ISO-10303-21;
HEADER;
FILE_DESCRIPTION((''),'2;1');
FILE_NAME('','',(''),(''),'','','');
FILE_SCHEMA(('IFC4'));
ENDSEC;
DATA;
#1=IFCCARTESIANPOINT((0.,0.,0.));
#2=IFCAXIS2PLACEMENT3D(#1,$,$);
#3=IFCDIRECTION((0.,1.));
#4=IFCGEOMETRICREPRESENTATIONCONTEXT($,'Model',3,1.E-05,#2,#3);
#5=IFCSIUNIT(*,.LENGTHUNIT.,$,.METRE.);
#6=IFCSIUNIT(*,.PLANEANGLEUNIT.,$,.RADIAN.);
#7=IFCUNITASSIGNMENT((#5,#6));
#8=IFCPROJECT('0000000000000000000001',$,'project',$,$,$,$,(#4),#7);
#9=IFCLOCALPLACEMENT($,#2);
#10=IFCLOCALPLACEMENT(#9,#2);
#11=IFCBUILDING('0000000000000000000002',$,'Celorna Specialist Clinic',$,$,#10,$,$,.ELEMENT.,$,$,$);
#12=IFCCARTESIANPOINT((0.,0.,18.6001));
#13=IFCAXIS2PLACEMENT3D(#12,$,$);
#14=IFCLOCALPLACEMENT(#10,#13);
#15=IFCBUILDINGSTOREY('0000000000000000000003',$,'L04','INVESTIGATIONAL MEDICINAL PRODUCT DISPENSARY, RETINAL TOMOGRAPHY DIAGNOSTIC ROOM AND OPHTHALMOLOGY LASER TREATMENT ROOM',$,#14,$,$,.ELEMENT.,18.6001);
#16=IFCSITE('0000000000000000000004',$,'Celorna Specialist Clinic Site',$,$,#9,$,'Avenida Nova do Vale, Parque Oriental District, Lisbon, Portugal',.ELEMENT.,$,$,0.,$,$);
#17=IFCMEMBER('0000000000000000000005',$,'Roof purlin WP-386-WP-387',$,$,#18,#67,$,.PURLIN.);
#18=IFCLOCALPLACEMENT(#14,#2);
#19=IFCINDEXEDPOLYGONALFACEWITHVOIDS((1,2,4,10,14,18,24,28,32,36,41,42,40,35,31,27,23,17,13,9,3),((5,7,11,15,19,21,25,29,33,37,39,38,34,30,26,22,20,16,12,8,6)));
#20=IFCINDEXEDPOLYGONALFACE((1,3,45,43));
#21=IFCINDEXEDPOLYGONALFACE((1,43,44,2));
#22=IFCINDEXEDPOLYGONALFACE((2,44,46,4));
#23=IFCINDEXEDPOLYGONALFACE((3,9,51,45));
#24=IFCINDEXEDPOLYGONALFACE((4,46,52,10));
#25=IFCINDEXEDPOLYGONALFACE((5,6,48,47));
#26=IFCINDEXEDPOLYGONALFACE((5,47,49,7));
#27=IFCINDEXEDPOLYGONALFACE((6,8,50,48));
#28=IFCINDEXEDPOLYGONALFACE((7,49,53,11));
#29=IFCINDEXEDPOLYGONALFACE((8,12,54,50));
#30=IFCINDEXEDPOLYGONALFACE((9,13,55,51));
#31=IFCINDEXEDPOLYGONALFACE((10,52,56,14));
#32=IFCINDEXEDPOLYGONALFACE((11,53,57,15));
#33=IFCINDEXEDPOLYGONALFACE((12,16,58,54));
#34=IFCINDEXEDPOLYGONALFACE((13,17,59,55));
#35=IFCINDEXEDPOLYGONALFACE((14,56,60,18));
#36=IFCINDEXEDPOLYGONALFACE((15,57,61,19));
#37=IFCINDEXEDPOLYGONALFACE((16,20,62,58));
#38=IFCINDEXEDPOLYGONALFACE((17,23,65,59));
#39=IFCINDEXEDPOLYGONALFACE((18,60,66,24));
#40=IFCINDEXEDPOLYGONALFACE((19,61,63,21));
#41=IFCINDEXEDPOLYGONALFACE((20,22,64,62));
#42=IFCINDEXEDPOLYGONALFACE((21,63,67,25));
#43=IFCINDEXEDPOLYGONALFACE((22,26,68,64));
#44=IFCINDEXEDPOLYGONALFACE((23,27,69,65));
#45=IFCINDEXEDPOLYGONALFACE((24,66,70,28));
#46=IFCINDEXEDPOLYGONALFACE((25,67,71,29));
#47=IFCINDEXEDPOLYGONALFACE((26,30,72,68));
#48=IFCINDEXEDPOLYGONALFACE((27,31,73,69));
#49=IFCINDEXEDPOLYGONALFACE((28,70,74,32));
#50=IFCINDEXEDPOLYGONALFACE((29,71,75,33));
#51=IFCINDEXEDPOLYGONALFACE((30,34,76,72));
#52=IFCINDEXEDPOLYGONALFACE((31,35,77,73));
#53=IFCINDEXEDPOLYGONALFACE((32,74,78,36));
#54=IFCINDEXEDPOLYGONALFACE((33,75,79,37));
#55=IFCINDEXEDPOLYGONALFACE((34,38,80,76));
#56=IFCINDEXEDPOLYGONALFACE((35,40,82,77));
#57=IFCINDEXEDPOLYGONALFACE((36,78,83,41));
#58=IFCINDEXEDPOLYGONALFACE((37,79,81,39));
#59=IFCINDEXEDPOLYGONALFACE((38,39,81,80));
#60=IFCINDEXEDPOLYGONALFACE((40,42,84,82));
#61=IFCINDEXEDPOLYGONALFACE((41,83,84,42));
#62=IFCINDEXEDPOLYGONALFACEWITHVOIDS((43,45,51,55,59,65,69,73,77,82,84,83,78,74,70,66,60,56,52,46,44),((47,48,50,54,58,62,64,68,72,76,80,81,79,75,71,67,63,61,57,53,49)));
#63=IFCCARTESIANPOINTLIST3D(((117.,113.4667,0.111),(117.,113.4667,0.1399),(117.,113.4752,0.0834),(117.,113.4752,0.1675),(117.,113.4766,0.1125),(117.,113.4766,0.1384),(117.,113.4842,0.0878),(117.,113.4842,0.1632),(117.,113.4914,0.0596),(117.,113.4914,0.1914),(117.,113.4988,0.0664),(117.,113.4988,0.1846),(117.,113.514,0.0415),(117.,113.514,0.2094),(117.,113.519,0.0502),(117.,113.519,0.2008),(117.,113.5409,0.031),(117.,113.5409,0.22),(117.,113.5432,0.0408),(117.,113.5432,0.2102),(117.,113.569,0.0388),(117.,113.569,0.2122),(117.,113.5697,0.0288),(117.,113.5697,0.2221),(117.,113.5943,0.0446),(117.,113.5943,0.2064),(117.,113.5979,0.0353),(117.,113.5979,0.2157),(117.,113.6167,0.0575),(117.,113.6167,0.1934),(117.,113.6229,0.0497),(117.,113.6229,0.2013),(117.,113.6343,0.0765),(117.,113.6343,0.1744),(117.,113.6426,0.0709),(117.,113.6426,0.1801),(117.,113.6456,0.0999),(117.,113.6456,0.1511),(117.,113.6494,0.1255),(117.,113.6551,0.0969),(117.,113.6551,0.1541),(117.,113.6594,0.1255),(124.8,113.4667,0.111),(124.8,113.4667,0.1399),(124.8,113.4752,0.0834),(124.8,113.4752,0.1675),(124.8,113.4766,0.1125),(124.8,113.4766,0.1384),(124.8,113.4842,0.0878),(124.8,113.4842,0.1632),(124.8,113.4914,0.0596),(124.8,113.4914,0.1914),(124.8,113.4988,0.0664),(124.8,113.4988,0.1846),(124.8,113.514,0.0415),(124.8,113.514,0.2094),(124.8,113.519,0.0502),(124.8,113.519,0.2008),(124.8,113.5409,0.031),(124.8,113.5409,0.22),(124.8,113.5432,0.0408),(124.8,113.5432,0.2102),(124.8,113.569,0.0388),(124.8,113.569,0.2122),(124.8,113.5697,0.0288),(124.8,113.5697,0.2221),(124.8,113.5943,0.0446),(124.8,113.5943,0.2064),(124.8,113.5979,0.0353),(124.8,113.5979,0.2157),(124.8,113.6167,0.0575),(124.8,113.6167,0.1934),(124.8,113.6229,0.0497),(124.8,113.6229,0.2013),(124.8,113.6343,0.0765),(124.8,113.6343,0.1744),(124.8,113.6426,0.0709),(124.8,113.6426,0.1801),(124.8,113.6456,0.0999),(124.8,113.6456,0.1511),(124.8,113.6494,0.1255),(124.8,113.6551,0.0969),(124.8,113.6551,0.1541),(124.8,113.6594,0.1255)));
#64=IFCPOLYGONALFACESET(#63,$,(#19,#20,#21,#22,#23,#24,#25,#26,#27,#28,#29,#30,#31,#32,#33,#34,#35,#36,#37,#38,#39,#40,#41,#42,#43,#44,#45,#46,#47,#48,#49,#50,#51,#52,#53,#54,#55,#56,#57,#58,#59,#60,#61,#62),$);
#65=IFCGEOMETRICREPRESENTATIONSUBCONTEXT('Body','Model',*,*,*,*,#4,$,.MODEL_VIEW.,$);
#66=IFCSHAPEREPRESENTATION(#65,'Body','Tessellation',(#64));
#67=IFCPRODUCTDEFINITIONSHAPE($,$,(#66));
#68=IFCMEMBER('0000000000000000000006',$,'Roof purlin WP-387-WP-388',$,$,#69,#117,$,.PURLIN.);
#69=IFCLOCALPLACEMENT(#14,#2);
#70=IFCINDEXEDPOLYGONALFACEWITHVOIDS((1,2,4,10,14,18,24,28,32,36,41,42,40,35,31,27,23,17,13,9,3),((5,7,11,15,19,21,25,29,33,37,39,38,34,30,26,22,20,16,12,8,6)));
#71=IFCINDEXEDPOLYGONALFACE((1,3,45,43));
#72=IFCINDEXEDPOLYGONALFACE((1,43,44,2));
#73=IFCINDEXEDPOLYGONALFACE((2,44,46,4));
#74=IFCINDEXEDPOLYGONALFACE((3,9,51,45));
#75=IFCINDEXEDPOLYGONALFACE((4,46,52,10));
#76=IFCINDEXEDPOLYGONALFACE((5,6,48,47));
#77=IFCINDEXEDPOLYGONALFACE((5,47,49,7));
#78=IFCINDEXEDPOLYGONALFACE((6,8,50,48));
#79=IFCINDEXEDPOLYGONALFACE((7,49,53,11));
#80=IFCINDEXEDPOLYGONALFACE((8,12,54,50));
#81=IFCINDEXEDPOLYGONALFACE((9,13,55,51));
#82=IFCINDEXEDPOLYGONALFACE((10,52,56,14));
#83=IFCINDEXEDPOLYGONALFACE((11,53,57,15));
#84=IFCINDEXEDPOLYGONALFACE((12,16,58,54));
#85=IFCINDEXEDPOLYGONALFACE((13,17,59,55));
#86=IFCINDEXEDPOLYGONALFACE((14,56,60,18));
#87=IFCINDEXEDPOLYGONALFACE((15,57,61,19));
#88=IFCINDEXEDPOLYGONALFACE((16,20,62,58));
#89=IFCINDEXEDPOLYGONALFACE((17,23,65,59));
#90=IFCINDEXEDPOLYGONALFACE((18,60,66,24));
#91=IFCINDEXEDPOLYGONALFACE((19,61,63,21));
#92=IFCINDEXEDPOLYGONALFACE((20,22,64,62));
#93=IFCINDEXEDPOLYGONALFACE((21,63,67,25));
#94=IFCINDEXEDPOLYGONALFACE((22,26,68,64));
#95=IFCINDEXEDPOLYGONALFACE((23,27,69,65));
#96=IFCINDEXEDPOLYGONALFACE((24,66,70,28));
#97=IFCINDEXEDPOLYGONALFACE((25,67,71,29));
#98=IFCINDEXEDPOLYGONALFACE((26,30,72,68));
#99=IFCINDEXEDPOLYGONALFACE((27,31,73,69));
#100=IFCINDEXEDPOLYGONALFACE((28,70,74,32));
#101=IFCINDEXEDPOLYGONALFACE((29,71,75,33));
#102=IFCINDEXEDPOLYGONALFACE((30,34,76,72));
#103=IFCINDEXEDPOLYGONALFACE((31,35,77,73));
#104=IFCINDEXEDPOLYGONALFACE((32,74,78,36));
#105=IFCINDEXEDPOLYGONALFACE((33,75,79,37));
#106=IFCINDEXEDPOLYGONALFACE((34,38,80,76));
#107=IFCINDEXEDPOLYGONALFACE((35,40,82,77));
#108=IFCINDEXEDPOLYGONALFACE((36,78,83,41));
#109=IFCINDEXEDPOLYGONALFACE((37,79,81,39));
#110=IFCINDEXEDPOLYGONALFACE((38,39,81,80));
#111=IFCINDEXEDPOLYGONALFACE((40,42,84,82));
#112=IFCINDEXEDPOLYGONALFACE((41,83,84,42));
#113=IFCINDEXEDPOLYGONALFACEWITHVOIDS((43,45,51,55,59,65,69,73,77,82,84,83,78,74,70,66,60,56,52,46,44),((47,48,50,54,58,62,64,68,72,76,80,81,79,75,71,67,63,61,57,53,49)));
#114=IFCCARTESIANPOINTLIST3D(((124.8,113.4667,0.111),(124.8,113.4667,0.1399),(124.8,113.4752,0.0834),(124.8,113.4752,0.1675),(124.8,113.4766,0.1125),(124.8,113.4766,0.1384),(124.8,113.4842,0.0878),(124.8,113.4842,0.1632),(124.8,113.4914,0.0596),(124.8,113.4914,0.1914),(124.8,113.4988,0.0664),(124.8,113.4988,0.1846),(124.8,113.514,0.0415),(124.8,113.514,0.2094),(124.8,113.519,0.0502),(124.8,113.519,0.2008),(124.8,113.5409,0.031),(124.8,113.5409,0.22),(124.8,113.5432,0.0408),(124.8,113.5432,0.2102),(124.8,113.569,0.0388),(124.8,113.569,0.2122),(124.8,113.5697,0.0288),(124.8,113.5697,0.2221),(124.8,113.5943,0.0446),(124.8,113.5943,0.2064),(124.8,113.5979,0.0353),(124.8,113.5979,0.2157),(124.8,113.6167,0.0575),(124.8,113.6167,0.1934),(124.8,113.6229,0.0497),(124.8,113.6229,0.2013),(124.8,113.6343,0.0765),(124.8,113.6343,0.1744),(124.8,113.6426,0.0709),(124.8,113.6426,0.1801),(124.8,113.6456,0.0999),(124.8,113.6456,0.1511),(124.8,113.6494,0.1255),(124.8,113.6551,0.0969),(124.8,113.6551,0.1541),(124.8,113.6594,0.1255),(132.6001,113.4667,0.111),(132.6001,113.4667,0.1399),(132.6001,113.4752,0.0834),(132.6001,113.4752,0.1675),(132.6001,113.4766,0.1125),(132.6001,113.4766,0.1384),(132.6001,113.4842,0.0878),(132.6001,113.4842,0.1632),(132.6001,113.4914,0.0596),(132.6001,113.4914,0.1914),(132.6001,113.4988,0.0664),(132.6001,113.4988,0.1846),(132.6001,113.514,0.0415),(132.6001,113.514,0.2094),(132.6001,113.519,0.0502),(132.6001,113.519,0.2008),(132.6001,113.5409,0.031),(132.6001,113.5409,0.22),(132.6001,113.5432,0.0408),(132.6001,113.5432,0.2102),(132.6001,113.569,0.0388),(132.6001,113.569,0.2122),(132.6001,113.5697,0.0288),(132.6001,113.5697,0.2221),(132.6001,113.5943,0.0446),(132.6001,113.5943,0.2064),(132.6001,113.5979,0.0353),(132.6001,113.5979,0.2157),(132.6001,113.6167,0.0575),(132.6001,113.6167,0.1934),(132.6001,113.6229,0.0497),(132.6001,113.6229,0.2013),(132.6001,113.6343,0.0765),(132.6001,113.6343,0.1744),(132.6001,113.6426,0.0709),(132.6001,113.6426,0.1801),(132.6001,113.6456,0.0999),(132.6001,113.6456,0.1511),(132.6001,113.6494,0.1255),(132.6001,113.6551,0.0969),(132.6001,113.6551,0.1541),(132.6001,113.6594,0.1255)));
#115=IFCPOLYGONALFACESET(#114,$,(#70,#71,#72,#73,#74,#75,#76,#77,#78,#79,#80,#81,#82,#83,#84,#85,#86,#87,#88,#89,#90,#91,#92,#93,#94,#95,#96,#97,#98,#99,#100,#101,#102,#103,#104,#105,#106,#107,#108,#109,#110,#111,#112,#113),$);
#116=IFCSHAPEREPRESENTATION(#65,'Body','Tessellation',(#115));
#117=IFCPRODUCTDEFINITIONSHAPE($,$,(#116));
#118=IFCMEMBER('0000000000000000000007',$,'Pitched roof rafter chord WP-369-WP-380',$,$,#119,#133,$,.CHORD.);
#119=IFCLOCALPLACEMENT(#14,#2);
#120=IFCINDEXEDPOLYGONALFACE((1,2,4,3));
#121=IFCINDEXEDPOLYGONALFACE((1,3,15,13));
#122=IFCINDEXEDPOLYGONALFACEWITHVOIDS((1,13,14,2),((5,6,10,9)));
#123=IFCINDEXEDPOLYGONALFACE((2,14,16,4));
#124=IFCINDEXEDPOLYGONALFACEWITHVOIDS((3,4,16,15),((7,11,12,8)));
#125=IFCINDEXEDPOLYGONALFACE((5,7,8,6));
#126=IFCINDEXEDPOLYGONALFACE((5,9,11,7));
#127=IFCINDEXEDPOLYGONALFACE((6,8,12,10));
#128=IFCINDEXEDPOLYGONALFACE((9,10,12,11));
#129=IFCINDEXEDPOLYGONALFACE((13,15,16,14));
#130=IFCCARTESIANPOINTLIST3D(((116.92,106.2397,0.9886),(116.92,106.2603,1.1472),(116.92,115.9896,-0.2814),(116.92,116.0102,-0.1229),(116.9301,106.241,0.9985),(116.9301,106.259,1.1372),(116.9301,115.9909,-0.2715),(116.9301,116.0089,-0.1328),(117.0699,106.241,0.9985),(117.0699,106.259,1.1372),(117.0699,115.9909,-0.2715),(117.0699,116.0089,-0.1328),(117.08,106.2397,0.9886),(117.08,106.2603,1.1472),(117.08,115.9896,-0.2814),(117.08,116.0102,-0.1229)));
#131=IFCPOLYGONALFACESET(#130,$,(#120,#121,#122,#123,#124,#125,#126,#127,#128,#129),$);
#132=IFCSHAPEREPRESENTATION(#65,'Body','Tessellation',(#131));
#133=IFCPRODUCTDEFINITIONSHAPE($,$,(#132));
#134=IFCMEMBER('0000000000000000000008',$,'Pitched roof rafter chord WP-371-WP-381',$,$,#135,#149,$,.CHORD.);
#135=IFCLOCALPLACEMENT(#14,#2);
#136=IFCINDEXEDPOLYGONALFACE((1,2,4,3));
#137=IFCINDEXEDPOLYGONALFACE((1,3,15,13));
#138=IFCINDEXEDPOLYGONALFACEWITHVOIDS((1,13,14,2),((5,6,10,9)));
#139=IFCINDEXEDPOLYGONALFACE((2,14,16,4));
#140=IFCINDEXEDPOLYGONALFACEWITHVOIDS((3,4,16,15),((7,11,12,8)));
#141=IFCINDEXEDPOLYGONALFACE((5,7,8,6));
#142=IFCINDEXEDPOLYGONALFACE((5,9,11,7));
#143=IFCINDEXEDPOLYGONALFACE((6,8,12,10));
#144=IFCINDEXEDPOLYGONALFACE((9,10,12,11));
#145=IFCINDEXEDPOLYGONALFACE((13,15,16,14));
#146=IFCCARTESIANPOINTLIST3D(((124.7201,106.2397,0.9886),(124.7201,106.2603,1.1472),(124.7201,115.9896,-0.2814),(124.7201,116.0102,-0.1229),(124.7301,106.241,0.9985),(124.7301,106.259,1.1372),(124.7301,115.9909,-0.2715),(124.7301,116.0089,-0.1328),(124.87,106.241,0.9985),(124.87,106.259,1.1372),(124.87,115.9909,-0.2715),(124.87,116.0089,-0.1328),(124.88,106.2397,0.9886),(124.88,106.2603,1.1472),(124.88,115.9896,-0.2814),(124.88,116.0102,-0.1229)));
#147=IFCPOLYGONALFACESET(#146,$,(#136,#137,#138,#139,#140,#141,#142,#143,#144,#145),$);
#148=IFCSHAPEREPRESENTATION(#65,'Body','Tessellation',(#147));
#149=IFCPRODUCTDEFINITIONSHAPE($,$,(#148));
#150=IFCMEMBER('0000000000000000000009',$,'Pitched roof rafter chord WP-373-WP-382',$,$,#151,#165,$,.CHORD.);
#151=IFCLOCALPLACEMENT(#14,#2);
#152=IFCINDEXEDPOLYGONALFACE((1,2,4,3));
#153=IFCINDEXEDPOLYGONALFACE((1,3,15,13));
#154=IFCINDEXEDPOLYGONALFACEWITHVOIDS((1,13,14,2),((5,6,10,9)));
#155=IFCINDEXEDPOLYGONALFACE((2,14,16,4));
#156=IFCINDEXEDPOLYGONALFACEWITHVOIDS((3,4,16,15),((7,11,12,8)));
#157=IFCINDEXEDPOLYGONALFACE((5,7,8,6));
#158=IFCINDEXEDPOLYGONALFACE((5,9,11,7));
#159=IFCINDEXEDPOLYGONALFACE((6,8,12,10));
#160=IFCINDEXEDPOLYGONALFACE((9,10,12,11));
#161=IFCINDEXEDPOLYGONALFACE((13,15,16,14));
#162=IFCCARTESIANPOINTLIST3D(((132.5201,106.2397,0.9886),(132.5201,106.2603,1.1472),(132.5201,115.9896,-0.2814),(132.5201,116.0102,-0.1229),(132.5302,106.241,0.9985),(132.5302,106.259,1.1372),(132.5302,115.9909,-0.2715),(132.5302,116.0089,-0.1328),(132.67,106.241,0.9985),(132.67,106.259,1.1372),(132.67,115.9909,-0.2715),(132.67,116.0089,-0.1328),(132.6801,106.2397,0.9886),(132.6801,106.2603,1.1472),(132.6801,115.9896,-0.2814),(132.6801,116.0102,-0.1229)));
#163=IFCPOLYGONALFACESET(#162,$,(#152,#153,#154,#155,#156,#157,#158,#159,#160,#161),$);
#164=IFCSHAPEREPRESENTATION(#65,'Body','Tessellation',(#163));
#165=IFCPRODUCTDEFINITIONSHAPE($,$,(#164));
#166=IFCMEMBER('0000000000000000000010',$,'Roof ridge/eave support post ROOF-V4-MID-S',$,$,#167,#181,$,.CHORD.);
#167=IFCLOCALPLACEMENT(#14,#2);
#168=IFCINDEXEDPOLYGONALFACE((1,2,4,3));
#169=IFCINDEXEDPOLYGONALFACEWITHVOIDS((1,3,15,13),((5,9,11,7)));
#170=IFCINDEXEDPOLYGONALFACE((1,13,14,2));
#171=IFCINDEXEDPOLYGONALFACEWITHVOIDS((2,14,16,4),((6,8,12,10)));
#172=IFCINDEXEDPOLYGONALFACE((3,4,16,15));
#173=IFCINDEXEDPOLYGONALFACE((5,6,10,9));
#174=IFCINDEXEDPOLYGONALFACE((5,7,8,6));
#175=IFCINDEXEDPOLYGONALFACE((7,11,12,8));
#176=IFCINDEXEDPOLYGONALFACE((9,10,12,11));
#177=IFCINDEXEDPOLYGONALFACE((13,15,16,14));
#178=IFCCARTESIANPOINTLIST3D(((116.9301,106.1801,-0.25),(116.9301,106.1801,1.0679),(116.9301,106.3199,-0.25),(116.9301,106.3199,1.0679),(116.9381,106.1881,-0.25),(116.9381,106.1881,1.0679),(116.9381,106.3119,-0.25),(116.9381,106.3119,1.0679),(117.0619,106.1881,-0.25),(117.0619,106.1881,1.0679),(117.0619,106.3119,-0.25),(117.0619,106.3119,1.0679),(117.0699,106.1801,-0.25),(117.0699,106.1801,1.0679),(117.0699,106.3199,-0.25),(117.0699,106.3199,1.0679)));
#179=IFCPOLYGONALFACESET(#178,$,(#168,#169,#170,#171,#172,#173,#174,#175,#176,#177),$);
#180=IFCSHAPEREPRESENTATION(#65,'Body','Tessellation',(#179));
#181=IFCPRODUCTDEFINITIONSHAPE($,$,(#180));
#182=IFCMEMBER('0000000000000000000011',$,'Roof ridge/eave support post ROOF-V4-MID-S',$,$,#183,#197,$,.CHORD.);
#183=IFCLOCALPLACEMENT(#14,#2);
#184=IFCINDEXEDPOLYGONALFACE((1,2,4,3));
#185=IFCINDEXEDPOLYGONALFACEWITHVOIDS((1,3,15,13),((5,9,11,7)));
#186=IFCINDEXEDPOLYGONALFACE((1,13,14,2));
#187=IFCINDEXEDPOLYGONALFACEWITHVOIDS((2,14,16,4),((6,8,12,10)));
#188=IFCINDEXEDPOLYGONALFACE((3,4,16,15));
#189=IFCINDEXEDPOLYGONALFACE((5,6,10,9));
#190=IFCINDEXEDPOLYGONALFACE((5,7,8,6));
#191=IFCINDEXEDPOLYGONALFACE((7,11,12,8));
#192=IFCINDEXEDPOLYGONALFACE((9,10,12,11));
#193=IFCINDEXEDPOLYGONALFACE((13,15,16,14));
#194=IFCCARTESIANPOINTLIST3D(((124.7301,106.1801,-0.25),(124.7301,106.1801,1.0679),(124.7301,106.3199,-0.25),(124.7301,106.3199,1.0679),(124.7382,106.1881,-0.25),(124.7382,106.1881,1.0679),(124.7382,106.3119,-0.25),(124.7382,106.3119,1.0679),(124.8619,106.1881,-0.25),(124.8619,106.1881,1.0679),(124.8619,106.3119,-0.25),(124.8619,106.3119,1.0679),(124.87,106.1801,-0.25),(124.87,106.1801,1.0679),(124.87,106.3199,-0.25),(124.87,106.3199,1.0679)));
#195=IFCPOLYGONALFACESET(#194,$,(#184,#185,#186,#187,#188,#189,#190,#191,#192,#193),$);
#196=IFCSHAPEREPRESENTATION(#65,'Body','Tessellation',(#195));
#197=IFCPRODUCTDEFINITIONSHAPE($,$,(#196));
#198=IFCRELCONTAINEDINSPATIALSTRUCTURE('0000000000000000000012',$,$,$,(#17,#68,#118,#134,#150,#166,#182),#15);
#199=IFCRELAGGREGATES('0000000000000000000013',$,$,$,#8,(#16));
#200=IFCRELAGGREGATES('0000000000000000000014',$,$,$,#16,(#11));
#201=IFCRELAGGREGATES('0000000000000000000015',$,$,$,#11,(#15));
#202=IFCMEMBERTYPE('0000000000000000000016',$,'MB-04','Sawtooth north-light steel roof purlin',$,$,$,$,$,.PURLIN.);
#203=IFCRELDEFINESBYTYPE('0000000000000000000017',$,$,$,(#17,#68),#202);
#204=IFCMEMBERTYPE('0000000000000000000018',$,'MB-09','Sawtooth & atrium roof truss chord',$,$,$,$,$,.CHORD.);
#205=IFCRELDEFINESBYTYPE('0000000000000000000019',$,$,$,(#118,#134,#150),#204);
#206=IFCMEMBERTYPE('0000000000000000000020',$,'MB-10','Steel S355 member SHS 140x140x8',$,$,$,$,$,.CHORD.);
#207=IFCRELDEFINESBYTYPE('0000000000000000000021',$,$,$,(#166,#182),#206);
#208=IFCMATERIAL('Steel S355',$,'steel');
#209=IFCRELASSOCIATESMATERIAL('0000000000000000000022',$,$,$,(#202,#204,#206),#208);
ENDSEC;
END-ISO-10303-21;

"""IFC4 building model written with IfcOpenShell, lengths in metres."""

from ifc_helpers import new_model, si_unit, direction, frame, origin, origin_2d, place, context, subcontext, project, spatial, hollow_rectangle, hollow_circle, extrude, material, material_profile, profile_set, type_object, element, save


model = new_model("IFC4")

# Units and contexts
model_context = context("Model", 3, precision=1e-05, world=origin(), true_north=direction((0.0, 1.0)))
body_context = subcontext(model_context, "Body", "Model", "MODEL_VIEW")
ifc_project = project(units=[si_unit("LENGTHUNIT", "METRE"), si_unit("PLANEANGLEUNIT", "RADIAN")], contexts=[model_context])

# Site, building, storey
site_placement = place(None, origin())
site = spatial("IfcSite", under=ifc_project, at=site_placement, Name="Celorna Specialist Clinic Site", LongName="Avenida Nova do Vale, Parque Oriental District, Lisbon, Portugal", CompositionType="ELEMENT", RefElevation=0.0)
building_placement = place(site_placement, origin())
building = spatial("IfcBuilding", under=site, at=building_placement, Name="Celorna Specialist Clinic", CompositionType="ELEMENT")
storey_placement = place(building_placement, frame((0.0, 0.0, 18.6001)))
storey = spatial("IfcBuildingStorey", under=building, at=storey_placement, Name="L04", Description="INVESTIGATIONAL MEDICINAL PRODUCT DISPENSARY, RETINAL TOMOGRAPHY DIAGNOSTIC ROOM AND OPHTHALMOLOGY LASER TREATMENT ROOM", CompositionType="ELEMENT", Elevation=18.6001)

# Shared definitions
ifc_material_1 = material(Name="Steel S355", Category="steel")

# Members
ifc_material_profile_1 = material_profile(ifc_material_1, hollow_circle(Radius=0.0969, WallThickness=0.01, at=origin_2d()), Name="CHS 193.7x10")
ifc_profile_set_1 = profile_set([ifc_material_profile_1], Name="Steel S355")
member_type_1 = type_object("IfcMemberType", Name="MB-04", Description="Sawtooth north-light steel roof purlin", PredefinedType="PURLIN", material=ifc_profile_set_1)
for number, where, z_axis, x_axis, name in (
    (1, (117.0, 113.5625, 0.1255), (1.0, 0.0, 0.0), (0.0, 1.0, 0.0), "Roof purlin WP-386-WP-387"),
    (2, (124.8, 113.5625, 0.1255), (1.0, 0.0, 0.0), (0.0, 1.0, 0.0), "Roof purlin WP-387-WP-388"),
):
    element("IfcMember", number, at=place(storey_placement, frame(where, z_axis=z_axis, x_axis=x_axis)), inside=storey, type_object=member_type_1, Name=name, PredefinedType="PURLIN", context=body_context, shape_type="SweptSolid", body=[
        extrude(hollow_circle(Radius=0.0969, WallThickness=0.01, at=origin_2d()), origin(), (0.0, 0.0, 1.0), 7.8),
    ])
ifc_material_profile_2 = material_profile(ifc_material_1, hollow_rectangle(XDim=0.1599, YDim=0.1599, WallThickness=0.01, at=origin_2d()), Name="SHS 160x160x10")
ifc_profile_set_2 = profile_set([ifc_material_profile_2], Name="Steel S355")
member_type_2 = type_object("IfcMemberType", Name="MB-09", Description="Sawtooth & atrium roof truss chord", PredefinedType="CHORD", material=ifc_profile_set_2)
for number, where, z_axis, x_axis, name in (
    (3, (117.0, 106.25, 1.0679), (0.0, 0.991623, -0.129167), (-1.0, 0.0, 0.0), "Pitched roof rafter chord WP-369-WP-380"),
    (4, (124.8, 106.25, 1.0679), (0.0, 0.991623, -0.129167), (-1.0, 0.0, 0.0), "Pitched roof rafter chord WP-371-WP-381"),
    (5, (132.6001, 106.25, 1.0679), (0.0, 0.991623, -0.129167), (-1.0, 0.0, 0.0), "Pitched roof rafter chord WP-373-WP-382"),
):
    element("IfcMember", number, at=place(storey_placement, frame(where, z_axis=z_axis, x_axis=x_axis)), inside=storey, type_object=member_type_2, Name=name, PredefinedType="CHORD", context=body_context, shape_type="SweptSolid", body=[
        extrude(hollow_rectangle(XDim=0.1599, YDim=0.1599, WallThickness=0.01, at=origin_2d()), origin(), (0.0, 0.0, 1.0), 9.8323),
    ])
ifc_material_profile_3 = material_profile(ifc_material_1, hollow_rectangle(XDim=0.1399, YDim=0.1399, WallThickness=0.0081, at=origin_2d()), Name="SHS 140x140x8")
ifc_profile_set_3 = profile_set([ifc_material_profile_3], Name="Steel S355")
member_type_3 = type_object("IfcMemberType", Name="MB-10", Description="Steel S355 member SHS 140x140x8", PredefinedType="CHORD", material=ifc_profile_set_3)
for number, where, z_axis, x_axis, name in (
    (6, (117.0, 106.25, -0.25), (0.0, 0.0, 1.0), (1.0, 0.0, 0.0), "Roof ridge/eave support post ROOF-V4-MID-S"),
    (7, (124.8, 106.25, -0.25), (0.0, 0.0, 1.0), (1.0, 0.0, 0.0), "Roof ridge/eave support post ROOF-V4-MID-S"),
):
    element("IfcMember", number, at=place(storey_placement, frame(where, z_axis=z_axis, x_axis=x_axis)), inside=storey, type_object=member_type_3, Name=name, PredefinedType="CHORD", context=body_context, shape_type="SweptSolid", body=[
        extrude(hollow_rectangle(XDim=0.1399, YDim=0.1399, WallThickness=0.0081, at=origin_2d()), origin(), (0.0, 0.0, 1.0), 1.3179),
    ])

save(model, "model.ifc")
